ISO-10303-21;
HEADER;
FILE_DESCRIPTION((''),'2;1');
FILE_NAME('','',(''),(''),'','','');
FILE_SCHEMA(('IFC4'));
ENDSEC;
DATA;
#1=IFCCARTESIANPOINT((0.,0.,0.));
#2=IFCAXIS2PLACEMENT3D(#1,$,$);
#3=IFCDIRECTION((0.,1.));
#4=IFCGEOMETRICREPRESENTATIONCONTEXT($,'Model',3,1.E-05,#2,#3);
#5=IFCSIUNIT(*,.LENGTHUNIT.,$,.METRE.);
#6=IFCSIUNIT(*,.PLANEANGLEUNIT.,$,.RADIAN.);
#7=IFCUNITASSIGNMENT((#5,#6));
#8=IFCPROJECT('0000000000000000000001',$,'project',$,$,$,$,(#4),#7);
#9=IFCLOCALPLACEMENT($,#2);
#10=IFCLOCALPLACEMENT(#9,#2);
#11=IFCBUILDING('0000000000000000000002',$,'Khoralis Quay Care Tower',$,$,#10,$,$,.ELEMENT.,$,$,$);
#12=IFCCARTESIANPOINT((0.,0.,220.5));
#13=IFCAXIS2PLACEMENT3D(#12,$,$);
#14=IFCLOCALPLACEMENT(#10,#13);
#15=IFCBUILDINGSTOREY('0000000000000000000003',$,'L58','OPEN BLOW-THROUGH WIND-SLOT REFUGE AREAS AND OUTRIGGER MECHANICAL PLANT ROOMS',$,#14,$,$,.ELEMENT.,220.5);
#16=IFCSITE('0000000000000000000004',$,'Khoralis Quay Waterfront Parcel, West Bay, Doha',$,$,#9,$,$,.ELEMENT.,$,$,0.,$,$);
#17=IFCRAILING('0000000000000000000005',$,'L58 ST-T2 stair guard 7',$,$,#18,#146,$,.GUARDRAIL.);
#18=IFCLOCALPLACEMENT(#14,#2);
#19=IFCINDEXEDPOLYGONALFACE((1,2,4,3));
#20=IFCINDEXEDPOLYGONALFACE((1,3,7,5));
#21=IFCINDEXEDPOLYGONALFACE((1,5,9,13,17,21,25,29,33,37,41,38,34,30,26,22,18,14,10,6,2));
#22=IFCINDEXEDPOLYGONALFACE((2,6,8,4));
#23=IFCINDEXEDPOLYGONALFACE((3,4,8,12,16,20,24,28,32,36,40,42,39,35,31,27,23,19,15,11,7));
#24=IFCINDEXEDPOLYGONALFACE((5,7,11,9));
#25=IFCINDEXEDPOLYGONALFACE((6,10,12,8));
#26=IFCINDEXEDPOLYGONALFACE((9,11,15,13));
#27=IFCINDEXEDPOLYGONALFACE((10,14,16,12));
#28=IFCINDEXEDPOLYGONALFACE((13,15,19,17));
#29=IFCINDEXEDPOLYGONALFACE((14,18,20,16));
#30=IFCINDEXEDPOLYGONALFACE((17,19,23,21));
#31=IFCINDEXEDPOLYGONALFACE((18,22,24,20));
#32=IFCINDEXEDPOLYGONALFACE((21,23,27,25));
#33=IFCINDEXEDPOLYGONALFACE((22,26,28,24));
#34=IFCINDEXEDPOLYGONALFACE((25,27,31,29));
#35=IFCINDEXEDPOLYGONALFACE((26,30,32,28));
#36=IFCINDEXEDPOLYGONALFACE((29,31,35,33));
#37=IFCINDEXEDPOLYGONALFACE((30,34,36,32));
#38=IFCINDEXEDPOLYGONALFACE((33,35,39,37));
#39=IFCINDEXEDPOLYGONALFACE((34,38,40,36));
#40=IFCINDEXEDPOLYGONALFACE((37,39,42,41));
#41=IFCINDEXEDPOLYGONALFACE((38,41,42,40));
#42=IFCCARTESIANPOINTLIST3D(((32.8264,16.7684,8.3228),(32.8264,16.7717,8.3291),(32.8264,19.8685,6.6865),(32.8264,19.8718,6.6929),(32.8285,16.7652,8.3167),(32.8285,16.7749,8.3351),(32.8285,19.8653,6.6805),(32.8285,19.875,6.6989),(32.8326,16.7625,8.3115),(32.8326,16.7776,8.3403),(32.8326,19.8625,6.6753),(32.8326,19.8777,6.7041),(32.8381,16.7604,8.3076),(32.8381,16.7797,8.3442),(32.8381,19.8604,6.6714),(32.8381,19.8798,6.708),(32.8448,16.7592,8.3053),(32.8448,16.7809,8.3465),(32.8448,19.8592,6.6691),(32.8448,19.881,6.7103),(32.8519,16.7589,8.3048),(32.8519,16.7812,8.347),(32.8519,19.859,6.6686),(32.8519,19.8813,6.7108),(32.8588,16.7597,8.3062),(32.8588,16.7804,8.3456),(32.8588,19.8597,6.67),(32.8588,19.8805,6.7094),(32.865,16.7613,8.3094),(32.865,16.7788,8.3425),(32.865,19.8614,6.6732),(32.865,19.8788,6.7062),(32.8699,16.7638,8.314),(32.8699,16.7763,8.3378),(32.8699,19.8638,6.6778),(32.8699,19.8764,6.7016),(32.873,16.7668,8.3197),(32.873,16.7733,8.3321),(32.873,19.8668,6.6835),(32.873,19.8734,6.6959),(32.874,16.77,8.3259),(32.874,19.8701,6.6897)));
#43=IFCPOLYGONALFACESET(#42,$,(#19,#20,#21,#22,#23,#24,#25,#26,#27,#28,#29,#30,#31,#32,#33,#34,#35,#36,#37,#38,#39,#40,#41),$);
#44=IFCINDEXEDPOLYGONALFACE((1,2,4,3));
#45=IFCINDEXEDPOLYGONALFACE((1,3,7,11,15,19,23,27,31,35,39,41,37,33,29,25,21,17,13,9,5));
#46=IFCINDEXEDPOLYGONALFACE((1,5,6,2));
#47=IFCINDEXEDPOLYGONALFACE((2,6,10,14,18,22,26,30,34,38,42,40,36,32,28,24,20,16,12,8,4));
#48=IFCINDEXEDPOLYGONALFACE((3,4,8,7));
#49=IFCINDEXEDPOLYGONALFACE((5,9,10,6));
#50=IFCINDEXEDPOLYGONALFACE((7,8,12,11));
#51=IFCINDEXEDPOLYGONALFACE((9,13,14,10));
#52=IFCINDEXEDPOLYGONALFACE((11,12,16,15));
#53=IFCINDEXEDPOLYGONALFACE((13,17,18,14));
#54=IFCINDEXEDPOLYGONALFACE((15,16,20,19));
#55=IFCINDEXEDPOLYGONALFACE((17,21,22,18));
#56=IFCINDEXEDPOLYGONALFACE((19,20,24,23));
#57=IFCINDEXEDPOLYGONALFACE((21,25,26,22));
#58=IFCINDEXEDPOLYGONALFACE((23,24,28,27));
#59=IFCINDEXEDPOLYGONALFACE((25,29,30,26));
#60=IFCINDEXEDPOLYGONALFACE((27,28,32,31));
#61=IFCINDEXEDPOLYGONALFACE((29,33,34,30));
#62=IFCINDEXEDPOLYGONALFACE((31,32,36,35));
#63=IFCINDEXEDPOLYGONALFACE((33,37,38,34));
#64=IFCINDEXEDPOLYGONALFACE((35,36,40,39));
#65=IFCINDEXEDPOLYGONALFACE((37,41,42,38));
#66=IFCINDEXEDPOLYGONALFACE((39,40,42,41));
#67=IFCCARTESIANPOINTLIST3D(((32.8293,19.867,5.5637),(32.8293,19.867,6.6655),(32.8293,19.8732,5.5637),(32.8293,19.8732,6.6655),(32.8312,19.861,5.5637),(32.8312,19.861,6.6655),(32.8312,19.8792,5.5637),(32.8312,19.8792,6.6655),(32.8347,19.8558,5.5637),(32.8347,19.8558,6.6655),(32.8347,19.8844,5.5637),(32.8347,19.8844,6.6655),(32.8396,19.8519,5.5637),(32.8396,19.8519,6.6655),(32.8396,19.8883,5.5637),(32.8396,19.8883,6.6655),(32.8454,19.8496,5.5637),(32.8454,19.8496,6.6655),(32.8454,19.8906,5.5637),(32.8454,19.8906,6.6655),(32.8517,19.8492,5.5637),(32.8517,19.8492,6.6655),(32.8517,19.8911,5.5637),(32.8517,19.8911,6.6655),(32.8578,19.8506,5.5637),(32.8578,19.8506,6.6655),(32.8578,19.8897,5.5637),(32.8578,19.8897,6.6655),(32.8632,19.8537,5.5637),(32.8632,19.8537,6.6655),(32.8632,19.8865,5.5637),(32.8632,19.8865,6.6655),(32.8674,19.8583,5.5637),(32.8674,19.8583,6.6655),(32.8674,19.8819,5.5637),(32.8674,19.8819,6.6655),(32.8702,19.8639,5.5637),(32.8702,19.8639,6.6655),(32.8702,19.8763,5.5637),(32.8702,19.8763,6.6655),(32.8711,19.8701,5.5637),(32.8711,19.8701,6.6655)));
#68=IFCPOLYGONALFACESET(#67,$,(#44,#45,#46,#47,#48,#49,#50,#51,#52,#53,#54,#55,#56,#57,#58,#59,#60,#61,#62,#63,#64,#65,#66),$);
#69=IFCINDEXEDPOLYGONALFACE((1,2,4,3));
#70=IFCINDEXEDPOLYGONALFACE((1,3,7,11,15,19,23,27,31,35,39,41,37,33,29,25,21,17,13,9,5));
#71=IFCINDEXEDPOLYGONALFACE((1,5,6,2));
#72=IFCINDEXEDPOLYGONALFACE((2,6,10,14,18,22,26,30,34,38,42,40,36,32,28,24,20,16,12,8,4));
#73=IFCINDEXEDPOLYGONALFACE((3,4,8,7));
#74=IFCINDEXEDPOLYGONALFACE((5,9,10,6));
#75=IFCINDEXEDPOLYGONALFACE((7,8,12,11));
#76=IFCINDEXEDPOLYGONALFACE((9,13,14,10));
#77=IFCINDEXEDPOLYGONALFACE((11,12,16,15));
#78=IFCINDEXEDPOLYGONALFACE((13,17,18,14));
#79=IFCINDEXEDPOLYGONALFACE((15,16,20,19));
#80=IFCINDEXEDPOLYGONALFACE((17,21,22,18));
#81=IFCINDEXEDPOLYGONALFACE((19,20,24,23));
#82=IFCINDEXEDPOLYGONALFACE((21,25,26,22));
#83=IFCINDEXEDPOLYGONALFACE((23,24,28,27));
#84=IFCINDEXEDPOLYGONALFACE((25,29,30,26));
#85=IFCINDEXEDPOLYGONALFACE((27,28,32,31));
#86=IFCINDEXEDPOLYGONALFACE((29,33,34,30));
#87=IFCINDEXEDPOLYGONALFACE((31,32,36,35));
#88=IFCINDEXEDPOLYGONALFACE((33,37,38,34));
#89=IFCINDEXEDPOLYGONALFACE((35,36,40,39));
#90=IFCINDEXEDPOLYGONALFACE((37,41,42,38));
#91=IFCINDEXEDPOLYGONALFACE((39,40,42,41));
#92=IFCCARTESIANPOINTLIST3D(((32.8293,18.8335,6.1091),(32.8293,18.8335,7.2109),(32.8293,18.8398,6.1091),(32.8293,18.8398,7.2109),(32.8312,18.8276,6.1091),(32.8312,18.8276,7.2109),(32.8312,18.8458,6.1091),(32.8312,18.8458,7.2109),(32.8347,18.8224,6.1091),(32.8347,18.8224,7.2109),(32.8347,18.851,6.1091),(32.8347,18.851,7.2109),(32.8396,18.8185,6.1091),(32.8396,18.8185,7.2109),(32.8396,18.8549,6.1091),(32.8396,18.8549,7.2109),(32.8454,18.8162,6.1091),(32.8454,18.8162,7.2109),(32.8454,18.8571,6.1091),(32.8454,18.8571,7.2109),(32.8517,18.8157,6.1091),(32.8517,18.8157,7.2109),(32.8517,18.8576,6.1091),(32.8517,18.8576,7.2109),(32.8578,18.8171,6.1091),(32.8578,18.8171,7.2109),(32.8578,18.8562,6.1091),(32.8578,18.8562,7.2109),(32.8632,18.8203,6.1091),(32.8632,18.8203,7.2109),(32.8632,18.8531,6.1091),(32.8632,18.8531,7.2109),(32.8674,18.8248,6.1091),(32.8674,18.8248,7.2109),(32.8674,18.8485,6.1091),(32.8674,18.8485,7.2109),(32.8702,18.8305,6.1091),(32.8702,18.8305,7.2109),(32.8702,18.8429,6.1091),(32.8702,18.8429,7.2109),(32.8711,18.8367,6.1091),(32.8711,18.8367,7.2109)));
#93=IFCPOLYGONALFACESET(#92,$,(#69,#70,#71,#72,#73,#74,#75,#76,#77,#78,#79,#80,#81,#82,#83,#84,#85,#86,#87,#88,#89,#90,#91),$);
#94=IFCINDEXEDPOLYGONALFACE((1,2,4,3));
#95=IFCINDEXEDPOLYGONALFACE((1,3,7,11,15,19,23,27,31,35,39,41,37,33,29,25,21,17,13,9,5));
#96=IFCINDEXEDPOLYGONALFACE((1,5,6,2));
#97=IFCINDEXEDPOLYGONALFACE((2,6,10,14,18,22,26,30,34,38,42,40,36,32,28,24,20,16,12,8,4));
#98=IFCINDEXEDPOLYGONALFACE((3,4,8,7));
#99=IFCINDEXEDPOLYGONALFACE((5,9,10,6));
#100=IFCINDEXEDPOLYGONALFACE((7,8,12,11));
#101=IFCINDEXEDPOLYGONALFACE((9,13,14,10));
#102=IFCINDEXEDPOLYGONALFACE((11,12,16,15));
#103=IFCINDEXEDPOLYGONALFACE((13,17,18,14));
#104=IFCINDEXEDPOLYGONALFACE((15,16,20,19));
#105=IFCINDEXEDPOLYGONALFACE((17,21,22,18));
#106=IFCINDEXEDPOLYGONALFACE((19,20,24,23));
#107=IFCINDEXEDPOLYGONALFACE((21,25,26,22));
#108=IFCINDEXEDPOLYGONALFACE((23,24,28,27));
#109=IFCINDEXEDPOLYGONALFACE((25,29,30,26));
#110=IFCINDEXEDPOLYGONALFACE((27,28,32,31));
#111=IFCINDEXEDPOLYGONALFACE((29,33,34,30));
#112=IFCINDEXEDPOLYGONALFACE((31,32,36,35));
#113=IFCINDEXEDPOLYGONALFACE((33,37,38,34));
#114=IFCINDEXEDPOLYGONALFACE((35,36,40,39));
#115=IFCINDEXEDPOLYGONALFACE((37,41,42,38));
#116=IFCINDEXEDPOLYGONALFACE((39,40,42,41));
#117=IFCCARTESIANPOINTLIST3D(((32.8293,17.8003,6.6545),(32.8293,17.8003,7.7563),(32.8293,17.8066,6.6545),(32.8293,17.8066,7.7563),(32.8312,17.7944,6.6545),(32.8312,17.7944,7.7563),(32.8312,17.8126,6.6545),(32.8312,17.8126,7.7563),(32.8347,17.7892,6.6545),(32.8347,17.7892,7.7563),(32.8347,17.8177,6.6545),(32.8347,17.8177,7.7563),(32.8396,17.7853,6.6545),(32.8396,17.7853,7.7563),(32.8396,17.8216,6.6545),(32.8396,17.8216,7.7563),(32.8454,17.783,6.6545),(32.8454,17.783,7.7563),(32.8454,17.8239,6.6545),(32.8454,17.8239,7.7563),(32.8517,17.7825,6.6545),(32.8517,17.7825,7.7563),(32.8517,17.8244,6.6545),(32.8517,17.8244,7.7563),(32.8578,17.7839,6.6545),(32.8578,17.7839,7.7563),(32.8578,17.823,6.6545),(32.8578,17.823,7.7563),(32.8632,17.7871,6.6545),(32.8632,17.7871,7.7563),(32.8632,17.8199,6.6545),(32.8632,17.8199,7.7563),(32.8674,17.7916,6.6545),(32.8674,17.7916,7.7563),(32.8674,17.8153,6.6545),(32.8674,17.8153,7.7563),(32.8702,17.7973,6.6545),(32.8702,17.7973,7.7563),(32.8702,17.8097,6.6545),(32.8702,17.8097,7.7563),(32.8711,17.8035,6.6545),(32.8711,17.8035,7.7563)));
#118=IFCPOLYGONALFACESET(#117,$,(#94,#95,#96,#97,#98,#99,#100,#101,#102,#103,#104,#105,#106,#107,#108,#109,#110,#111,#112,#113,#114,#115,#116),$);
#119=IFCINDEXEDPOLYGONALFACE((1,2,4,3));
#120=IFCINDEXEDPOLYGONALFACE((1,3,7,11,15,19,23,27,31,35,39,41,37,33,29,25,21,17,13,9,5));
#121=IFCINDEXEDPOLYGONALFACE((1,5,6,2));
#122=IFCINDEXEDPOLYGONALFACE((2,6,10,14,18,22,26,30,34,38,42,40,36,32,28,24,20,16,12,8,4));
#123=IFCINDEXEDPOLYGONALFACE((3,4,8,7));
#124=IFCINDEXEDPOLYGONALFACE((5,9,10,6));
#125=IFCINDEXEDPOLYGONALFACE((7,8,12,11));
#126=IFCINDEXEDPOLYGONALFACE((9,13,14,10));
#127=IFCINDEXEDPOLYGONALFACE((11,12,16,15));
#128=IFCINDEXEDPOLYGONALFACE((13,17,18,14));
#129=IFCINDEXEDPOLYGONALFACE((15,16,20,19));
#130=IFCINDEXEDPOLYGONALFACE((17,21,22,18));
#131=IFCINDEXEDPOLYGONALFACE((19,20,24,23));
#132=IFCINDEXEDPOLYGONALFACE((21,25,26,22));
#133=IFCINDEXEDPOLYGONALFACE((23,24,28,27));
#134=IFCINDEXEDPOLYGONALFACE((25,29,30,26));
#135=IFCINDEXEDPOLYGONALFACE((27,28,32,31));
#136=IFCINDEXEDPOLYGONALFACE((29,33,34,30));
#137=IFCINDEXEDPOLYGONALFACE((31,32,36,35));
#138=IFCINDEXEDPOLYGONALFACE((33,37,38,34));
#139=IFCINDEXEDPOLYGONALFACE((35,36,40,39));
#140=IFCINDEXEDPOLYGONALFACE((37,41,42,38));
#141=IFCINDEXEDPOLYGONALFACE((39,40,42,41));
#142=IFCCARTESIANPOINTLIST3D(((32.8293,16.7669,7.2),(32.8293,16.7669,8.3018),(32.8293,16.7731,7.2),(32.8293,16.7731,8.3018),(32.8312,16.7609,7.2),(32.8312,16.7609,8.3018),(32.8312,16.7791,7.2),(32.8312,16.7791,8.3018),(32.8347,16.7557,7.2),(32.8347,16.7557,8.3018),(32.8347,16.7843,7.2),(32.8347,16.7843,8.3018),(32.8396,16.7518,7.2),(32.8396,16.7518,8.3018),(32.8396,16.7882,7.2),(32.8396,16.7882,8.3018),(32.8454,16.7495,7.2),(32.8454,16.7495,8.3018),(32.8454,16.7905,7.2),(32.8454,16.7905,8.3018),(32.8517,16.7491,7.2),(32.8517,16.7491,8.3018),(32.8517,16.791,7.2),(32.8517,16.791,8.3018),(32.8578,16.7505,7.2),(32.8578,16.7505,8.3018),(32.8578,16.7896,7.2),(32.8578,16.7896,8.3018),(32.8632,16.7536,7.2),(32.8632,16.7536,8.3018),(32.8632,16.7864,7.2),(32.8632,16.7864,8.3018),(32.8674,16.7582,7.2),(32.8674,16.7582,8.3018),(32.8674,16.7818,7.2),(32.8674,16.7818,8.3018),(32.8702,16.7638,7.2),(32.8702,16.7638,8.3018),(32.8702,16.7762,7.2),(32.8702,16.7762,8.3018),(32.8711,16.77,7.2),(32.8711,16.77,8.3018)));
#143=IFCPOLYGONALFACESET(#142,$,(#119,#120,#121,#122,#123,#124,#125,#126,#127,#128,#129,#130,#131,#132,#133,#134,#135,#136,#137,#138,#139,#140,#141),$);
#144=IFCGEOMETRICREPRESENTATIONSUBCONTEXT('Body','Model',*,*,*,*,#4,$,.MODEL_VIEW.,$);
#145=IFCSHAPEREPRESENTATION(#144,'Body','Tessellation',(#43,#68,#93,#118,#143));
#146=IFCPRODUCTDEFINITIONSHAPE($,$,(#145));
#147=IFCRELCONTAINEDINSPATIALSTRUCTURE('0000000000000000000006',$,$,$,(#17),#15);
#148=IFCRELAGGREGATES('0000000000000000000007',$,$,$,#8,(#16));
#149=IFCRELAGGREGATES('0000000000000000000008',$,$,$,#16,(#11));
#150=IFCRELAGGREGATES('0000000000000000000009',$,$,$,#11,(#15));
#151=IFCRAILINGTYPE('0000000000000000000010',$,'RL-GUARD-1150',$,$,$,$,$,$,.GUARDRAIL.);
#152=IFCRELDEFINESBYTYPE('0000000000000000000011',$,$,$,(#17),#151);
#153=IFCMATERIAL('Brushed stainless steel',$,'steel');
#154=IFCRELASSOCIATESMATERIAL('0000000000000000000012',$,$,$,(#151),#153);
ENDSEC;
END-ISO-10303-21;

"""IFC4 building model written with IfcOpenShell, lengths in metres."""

from ifc_helpers import new_model, si_unit, direction, frame, origin, origin_2d, place, context, subcontext, project, spatial, circle, extrude, material, type_object, element, save


model = new_model("IFC4")

# Units and contexts
model_context = context("Model", 3, precision=1e-05, world=origin(), true_north=direction((0.0, 1.0)))
body_context = subcontext(model_context, "Body", "Model", "MODEL_VIEW")
ifc_project = project(units=[si_unit("LENGTHUNIT", "METRE"), si_unit("PLANEANGLEUNIT", "RADIAN")], contexts=[model_context])

# Site, building, storey
site_placement = place(None, origin())
site = spatial("IfcSite", under=ifc_project, at=site_placement, Name="Khoralis Quay Waterfront Parcel, West Bay, Doha", CompositionType="ELEMENT", RefElevation=0.0)
building_placement = place(site_placement, origin())
building = spatial("IfcBuilding", under=site, at=building_placement, Name="Khoralis Quay Care Tower", CompositionType="ELEMENT")
storey_placement = place(building_placement, frame((0.0, 0.0, 220.5)))
storey = spatial("IfcBuildingStorey", under=building, at=storey_placement, Name="L58", Description="OPEN BLOW-THROUGH WIND-SLOT REFUGE AREAS AND OUTRIGGER MECHANICAL PLANT ROOMS", CompositionType="ELEMENT", Elevation=220.5)

# Shared definitions
ifc_material_1 = material(Name="Brushed stainless steel", Category="steel")

# Railing
railing_type_1 = type_object("IfcRailingType", Name="RL-GUARD-1150", PredefinedType="GUARDRAIL", material=ifc_material_1)
railing_1_placement = place(storey_placement, frame((32.8501, 19.8701, 5.5637)))
element("IfcRailing", 1, at=railing_1_placement, inside=storey, type_object=railing_type_1, Name="L58 ST-T2 stair guard 7", PredefinedType="GUARDRAIL", context=body_context, shape_type="SweptSolid", body=[
    extrude(circle(Radius=0.0239, at=origin_2d()), frame((0.0, 0.0, 1.126), z_axis=(0.0, -0.884377, 0.466774), x_axis=(1.0, 0.0, 0.0)), (0.0, 0.0, 1.0), 3.5054),
    extrude(circle(Radius=0.021, at=origin_2d()), origin(), (0.0, 0.0, 1.0), 1.1018),
    extrude(circle(Radius=0.021, at=origin_2d()), frame((0.0, -1.0334, 0.5454)), (0.0, 0.0, 1.0), 1.1018),
    extrude(circle(Radius=0.021, at=origin_2d()), frame((0.0, -2.0667, 1.0908)), (0.0, 0.0, 1.0), 1.1018),
    extrude(circle(Radius=0.021, at=origin_2d()), frame((0.0, -3.1001, 1.6362)), (0.0, 0.0, 1.0), 1.1018),
])

save(model, "model.ifc")
